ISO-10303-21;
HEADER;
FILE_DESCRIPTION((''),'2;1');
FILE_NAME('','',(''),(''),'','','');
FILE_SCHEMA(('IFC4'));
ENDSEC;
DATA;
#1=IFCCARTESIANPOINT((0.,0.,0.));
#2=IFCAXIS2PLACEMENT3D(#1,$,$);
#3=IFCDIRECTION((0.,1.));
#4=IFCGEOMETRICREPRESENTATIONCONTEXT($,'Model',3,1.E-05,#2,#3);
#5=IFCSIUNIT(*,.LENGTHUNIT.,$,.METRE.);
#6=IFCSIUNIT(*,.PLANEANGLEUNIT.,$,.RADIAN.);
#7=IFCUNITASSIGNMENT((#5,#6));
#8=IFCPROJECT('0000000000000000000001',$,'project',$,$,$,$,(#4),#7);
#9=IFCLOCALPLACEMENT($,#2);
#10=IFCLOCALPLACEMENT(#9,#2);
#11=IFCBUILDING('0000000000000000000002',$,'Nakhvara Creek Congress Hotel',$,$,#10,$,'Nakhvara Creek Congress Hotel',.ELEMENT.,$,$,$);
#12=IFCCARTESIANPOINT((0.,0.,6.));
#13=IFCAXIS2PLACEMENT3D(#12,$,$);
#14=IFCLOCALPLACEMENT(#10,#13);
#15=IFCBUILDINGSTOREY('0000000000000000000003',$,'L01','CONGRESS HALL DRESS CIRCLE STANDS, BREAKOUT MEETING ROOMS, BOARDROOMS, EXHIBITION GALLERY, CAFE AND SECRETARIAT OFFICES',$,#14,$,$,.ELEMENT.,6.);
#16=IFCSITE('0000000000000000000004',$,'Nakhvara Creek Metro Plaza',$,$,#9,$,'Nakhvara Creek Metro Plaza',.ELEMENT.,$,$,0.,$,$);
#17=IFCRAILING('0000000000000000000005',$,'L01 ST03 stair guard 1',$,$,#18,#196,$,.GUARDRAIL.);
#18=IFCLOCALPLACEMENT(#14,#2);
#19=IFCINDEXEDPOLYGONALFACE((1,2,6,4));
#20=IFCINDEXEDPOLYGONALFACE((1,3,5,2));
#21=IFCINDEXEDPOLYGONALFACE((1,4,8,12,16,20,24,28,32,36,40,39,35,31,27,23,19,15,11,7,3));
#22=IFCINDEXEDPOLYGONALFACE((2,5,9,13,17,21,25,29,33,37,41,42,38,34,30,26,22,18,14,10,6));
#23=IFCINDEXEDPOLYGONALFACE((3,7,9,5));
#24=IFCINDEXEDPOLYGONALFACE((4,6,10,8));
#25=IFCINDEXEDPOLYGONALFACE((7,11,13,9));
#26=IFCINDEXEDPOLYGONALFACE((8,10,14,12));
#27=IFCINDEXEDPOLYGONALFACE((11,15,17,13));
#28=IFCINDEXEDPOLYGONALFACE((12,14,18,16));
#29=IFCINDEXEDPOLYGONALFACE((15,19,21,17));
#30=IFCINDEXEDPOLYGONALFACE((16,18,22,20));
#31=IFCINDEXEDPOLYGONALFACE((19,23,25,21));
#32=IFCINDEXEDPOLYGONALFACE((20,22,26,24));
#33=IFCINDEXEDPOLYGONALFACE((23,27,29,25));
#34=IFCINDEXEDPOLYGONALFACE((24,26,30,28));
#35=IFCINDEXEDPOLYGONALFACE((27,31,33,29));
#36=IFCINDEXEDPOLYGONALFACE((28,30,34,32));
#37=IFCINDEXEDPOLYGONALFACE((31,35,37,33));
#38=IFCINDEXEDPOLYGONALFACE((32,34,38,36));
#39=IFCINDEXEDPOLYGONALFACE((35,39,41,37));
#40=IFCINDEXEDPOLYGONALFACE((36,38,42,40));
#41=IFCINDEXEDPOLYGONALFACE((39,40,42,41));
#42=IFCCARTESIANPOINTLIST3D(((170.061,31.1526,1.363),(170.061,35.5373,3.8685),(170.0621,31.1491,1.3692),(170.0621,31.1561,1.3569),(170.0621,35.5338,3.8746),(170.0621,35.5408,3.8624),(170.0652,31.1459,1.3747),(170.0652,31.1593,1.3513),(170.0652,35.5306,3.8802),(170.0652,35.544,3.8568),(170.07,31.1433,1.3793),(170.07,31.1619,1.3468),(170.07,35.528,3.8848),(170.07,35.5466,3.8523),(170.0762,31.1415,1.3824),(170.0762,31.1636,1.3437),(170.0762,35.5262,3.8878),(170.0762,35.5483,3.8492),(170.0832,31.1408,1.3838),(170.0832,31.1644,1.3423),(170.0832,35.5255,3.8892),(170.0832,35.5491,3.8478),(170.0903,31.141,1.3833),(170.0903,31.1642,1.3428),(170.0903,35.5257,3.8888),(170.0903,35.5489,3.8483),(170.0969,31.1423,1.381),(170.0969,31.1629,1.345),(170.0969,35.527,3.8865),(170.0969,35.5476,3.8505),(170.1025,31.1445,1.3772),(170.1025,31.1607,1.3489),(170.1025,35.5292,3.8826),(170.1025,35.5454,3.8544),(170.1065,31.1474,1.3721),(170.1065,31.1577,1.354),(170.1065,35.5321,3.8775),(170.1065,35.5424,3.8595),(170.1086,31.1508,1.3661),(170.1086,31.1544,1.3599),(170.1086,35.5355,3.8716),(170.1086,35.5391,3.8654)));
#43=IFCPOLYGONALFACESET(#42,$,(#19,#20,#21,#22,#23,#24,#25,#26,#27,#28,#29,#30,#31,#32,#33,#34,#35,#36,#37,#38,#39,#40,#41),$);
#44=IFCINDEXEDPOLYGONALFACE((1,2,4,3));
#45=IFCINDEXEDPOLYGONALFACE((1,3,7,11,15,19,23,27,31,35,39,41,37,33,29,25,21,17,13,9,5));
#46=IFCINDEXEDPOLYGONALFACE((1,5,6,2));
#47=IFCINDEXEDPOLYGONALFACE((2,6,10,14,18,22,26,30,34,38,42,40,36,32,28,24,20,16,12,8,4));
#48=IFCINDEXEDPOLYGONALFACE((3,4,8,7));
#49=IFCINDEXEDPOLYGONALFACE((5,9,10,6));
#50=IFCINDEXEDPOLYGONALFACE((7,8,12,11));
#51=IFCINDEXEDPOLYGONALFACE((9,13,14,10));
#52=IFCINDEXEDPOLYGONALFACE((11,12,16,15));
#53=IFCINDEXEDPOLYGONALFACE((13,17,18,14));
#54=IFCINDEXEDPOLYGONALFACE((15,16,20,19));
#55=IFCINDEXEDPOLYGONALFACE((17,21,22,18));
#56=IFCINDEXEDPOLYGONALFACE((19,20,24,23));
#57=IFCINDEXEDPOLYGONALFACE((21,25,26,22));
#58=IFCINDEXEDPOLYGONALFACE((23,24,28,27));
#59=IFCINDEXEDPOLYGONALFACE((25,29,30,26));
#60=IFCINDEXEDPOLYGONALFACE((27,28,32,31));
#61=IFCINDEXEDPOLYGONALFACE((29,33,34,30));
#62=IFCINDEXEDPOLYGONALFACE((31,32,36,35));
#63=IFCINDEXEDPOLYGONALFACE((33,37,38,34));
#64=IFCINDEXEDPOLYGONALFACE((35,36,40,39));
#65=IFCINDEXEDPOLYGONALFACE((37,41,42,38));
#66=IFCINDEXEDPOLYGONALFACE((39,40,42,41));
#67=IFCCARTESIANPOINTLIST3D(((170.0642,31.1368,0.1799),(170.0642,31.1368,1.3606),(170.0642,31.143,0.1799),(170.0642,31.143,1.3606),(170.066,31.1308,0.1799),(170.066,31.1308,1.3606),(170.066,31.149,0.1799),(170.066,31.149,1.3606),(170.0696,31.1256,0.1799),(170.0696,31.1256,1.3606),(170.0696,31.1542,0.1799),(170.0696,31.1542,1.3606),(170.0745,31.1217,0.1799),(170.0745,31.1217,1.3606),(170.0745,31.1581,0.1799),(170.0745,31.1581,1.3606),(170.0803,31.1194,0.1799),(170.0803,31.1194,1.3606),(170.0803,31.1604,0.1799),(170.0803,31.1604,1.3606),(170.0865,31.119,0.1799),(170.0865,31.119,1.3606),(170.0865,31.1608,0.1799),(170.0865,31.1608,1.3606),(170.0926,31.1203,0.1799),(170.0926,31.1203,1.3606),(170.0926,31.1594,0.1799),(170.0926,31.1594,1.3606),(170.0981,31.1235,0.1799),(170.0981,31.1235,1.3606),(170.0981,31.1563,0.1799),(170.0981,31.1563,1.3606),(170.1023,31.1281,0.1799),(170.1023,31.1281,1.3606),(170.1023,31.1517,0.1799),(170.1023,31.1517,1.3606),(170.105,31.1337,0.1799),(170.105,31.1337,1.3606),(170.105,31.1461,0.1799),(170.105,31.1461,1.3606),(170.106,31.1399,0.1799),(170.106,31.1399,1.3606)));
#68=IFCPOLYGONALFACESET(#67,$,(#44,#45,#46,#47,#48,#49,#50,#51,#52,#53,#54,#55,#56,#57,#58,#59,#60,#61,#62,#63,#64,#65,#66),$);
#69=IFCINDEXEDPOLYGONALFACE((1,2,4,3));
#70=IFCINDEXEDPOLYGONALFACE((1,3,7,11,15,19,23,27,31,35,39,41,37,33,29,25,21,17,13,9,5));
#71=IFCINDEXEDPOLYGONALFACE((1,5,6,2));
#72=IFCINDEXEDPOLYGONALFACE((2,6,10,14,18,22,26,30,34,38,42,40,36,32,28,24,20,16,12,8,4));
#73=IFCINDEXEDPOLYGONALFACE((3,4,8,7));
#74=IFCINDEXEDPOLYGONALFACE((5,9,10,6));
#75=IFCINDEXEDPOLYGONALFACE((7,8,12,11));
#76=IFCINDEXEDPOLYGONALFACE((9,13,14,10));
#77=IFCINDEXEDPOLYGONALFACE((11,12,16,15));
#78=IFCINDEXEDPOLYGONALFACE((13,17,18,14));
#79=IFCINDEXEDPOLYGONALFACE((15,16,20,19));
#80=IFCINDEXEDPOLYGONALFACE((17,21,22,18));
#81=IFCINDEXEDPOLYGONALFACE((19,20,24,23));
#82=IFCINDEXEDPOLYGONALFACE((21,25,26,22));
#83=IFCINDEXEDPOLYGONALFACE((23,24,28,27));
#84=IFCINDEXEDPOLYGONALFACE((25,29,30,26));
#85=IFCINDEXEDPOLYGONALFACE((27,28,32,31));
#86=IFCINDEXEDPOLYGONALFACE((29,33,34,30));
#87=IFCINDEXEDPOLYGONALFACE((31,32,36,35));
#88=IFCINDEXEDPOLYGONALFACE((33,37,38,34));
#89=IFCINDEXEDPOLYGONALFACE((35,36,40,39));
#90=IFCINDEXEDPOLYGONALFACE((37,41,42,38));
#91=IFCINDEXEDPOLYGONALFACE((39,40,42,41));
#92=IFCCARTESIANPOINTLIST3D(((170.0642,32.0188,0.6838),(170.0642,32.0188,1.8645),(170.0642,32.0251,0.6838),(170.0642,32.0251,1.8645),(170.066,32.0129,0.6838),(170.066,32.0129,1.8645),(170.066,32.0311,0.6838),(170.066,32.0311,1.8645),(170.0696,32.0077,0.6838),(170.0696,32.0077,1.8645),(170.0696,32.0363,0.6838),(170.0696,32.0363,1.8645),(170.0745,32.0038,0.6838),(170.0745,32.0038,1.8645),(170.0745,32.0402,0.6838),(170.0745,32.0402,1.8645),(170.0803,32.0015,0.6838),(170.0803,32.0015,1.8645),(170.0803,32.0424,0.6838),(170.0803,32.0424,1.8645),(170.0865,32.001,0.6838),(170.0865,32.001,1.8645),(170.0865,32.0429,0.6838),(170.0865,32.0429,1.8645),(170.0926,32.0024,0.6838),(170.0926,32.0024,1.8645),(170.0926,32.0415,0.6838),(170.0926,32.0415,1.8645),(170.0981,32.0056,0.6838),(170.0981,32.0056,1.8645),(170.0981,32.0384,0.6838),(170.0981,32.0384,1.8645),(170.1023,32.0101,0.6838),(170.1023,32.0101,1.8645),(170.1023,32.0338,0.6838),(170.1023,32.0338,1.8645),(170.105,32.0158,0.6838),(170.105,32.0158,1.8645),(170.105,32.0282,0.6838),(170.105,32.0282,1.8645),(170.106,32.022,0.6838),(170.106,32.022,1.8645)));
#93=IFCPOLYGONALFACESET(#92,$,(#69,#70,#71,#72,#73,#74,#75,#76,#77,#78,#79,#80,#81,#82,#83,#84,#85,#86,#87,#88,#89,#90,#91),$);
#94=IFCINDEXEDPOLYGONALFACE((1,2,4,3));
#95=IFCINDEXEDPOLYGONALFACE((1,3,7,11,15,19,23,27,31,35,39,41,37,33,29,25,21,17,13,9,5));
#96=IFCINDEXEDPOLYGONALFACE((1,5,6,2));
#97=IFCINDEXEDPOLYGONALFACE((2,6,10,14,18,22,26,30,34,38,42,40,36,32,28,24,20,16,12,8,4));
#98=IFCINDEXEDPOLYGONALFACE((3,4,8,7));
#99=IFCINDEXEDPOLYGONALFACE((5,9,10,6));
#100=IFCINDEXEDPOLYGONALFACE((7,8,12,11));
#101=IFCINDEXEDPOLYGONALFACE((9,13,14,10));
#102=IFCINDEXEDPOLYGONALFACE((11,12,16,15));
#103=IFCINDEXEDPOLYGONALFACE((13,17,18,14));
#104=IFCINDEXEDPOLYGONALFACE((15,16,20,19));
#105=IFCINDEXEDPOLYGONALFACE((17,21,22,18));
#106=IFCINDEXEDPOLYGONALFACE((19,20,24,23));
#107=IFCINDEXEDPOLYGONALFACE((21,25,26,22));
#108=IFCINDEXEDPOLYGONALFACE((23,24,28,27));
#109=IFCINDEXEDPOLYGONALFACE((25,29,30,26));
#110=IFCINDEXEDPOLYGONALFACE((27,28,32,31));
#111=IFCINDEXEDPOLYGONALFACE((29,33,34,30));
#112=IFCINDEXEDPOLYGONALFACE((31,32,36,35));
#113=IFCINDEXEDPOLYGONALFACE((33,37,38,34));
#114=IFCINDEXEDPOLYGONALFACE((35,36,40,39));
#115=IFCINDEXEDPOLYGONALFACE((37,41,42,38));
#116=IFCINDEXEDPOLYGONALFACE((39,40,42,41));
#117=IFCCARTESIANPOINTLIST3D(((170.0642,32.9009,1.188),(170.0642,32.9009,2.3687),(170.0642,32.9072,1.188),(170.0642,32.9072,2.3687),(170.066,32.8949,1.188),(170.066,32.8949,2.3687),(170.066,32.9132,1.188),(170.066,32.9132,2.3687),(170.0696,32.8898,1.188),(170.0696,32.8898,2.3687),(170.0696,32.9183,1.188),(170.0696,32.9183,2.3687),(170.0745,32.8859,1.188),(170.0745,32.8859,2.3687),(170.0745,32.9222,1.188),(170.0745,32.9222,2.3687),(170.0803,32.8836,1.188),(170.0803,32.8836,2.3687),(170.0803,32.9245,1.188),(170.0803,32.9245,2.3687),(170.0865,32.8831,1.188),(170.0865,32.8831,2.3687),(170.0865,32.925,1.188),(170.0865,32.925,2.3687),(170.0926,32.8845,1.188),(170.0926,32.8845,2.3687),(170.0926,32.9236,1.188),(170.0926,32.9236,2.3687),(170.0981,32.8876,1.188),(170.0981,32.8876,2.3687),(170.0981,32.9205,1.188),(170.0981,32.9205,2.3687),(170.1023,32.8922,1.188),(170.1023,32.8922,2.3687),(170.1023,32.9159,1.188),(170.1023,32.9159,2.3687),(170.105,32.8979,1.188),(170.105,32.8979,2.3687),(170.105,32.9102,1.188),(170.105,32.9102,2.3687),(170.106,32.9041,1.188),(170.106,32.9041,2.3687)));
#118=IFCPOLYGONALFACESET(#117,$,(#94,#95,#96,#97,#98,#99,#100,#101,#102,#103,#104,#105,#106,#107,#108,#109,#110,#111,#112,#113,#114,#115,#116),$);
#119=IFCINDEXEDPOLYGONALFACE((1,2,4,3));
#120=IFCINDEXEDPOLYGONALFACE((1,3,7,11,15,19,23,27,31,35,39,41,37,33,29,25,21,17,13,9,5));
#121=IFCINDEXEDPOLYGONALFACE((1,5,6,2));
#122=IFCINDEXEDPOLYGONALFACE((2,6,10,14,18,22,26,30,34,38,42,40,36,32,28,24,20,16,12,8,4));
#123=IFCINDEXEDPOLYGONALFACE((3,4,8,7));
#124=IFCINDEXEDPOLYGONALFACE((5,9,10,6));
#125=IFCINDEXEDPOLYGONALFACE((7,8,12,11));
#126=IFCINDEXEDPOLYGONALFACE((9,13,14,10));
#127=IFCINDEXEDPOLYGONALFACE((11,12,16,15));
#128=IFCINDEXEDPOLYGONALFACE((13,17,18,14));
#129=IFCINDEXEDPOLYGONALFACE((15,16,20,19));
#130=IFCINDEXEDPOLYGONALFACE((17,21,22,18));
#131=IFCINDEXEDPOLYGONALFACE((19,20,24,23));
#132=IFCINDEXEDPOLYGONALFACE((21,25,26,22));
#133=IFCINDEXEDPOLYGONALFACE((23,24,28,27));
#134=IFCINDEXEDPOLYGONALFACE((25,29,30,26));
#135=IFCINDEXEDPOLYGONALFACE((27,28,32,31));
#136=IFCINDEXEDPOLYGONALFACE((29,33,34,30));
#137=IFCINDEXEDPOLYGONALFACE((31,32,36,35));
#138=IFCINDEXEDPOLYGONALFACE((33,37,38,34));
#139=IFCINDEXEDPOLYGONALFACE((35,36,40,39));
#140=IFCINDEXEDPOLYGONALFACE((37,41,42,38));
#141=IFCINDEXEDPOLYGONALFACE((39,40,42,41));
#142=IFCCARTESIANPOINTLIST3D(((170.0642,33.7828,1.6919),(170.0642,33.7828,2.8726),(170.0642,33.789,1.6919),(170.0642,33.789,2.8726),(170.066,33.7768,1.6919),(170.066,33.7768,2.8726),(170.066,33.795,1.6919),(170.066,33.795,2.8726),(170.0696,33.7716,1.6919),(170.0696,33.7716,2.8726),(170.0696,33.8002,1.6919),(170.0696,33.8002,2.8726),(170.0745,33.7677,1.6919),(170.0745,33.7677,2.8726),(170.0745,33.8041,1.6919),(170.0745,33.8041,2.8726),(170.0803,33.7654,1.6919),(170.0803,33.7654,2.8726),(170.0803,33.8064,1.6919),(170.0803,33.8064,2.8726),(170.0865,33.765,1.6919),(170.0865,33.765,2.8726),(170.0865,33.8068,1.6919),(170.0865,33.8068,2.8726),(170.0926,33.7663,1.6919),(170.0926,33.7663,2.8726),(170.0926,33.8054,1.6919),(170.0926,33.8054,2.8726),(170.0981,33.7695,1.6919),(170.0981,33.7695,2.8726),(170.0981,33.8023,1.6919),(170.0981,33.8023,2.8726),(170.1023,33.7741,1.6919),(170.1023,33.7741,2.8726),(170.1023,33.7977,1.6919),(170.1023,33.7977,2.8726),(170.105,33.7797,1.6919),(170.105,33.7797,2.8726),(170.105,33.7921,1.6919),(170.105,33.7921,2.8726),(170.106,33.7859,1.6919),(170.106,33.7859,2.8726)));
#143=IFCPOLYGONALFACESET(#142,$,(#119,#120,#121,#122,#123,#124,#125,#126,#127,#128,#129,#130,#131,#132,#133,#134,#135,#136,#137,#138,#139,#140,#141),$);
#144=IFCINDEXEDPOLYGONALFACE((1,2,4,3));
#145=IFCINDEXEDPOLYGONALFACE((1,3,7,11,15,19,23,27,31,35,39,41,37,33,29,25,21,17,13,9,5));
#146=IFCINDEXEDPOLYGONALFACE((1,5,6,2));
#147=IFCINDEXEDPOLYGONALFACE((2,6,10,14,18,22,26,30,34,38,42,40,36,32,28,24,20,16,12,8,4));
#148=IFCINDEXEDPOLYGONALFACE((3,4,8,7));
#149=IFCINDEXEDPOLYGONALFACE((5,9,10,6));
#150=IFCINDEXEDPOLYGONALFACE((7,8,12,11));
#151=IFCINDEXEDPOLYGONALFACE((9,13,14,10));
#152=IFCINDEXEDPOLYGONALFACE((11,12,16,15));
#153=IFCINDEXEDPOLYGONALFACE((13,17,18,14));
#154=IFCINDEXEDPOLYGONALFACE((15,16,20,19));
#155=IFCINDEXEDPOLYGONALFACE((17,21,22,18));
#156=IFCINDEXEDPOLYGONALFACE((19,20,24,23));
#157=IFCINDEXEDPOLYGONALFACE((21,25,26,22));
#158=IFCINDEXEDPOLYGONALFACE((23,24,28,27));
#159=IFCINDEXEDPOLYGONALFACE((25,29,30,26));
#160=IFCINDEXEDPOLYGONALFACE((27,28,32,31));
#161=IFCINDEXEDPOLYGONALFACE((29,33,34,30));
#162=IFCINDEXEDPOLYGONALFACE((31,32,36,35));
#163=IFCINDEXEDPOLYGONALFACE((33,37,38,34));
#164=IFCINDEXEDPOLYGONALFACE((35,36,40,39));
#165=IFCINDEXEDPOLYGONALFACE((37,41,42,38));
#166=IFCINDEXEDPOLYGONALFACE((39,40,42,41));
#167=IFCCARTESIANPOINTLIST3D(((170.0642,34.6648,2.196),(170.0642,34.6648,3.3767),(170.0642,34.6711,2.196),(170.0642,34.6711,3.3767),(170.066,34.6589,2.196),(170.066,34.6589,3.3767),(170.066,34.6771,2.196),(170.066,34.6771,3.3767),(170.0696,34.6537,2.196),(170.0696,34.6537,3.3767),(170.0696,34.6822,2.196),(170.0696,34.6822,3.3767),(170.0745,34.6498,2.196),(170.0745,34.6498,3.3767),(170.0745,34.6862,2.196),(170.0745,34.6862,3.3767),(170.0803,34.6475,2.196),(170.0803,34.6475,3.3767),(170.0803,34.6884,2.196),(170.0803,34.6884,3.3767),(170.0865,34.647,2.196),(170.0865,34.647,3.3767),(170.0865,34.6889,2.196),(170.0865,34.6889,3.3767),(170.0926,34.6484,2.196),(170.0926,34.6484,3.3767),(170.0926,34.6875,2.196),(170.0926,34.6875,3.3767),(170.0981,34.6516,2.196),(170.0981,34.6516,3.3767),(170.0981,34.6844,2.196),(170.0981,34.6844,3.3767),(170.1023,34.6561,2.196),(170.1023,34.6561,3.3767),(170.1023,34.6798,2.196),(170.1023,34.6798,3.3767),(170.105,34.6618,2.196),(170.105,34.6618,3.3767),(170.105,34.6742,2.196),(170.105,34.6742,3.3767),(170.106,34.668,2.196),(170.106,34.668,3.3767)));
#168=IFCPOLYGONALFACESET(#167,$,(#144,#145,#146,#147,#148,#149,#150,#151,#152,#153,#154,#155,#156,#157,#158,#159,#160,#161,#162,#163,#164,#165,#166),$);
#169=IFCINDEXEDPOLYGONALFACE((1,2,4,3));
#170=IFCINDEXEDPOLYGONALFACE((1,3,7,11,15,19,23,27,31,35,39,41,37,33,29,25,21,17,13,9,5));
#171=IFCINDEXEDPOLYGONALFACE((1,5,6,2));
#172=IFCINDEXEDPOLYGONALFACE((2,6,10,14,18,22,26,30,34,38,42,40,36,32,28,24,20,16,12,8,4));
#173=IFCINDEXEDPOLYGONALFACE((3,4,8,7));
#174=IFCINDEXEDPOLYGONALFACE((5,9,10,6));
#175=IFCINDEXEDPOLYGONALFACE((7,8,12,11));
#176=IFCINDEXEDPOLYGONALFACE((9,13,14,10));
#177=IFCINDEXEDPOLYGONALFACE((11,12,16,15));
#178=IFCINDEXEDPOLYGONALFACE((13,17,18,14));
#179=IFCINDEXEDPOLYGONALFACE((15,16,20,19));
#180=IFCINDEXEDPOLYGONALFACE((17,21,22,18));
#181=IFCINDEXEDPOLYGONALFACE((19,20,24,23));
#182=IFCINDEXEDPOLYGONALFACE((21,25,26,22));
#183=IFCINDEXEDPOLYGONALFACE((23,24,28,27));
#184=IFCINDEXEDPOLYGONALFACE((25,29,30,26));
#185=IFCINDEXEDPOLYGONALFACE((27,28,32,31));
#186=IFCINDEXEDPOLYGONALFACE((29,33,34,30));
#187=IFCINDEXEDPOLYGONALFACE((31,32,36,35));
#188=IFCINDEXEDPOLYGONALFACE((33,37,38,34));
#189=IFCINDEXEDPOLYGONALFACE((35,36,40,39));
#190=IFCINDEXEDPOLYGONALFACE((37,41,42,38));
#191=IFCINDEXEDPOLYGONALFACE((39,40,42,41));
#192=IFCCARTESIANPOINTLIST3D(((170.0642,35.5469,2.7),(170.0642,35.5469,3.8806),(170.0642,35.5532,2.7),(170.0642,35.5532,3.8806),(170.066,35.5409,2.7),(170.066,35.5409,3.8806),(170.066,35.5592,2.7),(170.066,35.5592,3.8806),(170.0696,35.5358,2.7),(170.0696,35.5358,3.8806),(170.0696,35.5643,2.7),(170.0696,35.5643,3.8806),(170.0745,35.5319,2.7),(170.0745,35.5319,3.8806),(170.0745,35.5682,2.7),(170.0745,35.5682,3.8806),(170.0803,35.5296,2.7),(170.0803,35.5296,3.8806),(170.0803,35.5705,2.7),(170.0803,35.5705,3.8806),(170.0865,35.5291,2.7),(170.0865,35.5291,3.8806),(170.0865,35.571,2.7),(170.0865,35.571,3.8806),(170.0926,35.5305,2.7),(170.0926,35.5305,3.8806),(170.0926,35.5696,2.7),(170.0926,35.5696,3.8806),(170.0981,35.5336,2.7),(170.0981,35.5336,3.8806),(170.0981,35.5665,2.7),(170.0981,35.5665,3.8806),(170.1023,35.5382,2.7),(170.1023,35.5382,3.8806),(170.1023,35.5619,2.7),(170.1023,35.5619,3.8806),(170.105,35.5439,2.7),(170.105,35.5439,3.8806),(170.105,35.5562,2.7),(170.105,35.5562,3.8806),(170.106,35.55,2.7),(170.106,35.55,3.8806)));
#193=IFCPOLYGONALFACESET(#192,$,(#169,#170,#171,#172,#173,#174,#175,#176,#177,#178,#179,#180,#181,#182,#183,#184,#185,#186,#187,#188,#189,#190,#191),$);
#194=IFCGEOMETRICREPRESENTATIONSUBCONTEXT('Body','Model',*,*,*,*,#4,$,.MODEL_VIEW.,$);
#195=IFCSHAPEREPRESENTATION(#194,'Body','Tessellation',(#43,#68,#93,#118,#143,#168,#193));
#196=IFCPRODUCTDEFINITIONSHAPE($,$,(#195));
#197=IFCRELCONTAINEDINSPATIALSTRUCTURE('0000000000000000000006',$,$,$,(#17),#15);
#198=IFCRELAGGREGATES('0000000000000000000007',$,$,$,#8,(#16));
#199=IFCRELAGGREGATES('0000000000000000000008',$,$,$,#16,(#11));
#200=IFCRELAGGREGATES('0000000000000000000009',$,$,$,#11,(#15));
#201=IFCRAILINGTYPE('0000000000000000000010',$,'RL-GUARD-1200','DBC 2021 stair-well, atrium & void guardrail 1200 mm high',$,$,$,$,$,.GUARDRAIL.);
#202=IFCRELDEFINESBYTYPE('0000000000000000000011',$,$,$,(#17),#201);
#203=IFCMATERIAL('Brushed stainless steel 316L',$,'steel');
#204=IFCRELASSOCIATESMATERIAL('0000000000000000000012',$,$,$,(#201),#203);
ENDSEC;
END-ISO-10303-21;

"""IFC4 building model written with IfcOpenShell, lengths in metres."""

from ifc_helpers import new_model, si_unit, direction, frame, origin, origin_2d, place, context, subcontext, project, spatial, circle, extrude, material, type_object, element, save


model = new_model("IFC4")

# Units and contexts
model_context = context("Model", 3, precision=1e-05, world=origin(), true_north=direction((0.0, 1.0)))
body_context = subcontext(model_context, "Body", "Model", "MODEL_VIEW")
ifc_project = project(units=[si_unit("LENGTHUNIT", "METRE"), si_unit("PLANEANGLEUNIT", "RADIAN")], contexts=[model_context])

# Site, building, storey
site_placement = place(None, origin())
site = spatial("IfcSite", under=ifc_project, at=site_placement, Name="Nakhvara Creek Metro Plaza", LongName="Nakhvara Creek Metro Plaza", CompositionType="ELEMENT", RefElevation=0.0)
building_placement = place(site_placement, origin())
building = spatial("IfcBuilding", under=site, at=building_placement, Name="Nakhvara Creek Congress Hotel", LongName="Nakhvara Creek Congress Hotel", CompositionType="ELEMENT")
storey_placement = place(building_placement, frame((0.0, 0.0, 6.0)))
storey = spatial("IfcBuildingStorey", under=building, at=storey_placement, Name="L01", Description="CONGRESS HALL DRESS CIRCLE STANDS, BREAKOUT MEETING ROOMS, BOARDROOMS, EXHIBITION GALLERY, CAFE AND SECRETARIAT OFFICES", CompositionType="ELEMENT", Elevation=6.0)

# Railing
ifc_material_1 = material(Name="Brushed stainless steel 316L", Category="steel")
railing_type_1 = type_object("IfcRailingType", Name="RL-GUARD-1200", Description="DBC 2021 stair-well, atrium & void guardrail 1200 mm high", PredefinedType="GUARDRAIL", material=ifc_material_1)
railing_1_placement = place(storey_placement, frame((170.085, 31.1399, 0.1799)))
element("IfcRailing", 1, at=railing_1_placement, inside=storey, type_object=railing_type_1, Name="L01 ST03 stair guard 1", PredefinedType="GUARDRAIL", context=body_context, shape_type="SweptSolid", body=[
    extrude(circle(Radius=0.0239, at=origin_2d()), frame((0.0, 0.0127, 1.1831), z_axis=(0.0, 0.868249, 0.496129), x_axis=(-1.0, 0.0, 0.0)), (0.0, 0.0, 1.0), 5.05),
    extrude(circle(Radius=0.021, at=origin_2d()), origin(), (0.0, 0.0, 1.0), 1.1807),
    extrude(circle(Radius=0.021, at=origin_2d()), frame((0.0, 0.8821, 0.5039)), (0.0, 0.0, 1.0), 1.1807),
    extrude(circle(Radius=0.021, at=origin_2d()), frame((0.0, 1.7642, 1.0081)), (0.0, 0.0, 1.0), 1.1807),
    extrude(circle(Radius=0.021, at=origin_2d()), frame((0.0, 2.646, 1.512)), (0.0, 0.0, 1.0), 1.1807),
    extrude(circle(Radius=0.021, at=origin_2d()), frame((0.0, 3.5281, 2.0161)), (0.0, 0.0, 1.0), 1.1807),
    extrude(circle(Radius=0.021, at=origin_2d()), frame((0.0, 4.4102, 2.52)), (0.0, 0.0, 1.0), 1.1807),
])

save(model, "model.ifc")
